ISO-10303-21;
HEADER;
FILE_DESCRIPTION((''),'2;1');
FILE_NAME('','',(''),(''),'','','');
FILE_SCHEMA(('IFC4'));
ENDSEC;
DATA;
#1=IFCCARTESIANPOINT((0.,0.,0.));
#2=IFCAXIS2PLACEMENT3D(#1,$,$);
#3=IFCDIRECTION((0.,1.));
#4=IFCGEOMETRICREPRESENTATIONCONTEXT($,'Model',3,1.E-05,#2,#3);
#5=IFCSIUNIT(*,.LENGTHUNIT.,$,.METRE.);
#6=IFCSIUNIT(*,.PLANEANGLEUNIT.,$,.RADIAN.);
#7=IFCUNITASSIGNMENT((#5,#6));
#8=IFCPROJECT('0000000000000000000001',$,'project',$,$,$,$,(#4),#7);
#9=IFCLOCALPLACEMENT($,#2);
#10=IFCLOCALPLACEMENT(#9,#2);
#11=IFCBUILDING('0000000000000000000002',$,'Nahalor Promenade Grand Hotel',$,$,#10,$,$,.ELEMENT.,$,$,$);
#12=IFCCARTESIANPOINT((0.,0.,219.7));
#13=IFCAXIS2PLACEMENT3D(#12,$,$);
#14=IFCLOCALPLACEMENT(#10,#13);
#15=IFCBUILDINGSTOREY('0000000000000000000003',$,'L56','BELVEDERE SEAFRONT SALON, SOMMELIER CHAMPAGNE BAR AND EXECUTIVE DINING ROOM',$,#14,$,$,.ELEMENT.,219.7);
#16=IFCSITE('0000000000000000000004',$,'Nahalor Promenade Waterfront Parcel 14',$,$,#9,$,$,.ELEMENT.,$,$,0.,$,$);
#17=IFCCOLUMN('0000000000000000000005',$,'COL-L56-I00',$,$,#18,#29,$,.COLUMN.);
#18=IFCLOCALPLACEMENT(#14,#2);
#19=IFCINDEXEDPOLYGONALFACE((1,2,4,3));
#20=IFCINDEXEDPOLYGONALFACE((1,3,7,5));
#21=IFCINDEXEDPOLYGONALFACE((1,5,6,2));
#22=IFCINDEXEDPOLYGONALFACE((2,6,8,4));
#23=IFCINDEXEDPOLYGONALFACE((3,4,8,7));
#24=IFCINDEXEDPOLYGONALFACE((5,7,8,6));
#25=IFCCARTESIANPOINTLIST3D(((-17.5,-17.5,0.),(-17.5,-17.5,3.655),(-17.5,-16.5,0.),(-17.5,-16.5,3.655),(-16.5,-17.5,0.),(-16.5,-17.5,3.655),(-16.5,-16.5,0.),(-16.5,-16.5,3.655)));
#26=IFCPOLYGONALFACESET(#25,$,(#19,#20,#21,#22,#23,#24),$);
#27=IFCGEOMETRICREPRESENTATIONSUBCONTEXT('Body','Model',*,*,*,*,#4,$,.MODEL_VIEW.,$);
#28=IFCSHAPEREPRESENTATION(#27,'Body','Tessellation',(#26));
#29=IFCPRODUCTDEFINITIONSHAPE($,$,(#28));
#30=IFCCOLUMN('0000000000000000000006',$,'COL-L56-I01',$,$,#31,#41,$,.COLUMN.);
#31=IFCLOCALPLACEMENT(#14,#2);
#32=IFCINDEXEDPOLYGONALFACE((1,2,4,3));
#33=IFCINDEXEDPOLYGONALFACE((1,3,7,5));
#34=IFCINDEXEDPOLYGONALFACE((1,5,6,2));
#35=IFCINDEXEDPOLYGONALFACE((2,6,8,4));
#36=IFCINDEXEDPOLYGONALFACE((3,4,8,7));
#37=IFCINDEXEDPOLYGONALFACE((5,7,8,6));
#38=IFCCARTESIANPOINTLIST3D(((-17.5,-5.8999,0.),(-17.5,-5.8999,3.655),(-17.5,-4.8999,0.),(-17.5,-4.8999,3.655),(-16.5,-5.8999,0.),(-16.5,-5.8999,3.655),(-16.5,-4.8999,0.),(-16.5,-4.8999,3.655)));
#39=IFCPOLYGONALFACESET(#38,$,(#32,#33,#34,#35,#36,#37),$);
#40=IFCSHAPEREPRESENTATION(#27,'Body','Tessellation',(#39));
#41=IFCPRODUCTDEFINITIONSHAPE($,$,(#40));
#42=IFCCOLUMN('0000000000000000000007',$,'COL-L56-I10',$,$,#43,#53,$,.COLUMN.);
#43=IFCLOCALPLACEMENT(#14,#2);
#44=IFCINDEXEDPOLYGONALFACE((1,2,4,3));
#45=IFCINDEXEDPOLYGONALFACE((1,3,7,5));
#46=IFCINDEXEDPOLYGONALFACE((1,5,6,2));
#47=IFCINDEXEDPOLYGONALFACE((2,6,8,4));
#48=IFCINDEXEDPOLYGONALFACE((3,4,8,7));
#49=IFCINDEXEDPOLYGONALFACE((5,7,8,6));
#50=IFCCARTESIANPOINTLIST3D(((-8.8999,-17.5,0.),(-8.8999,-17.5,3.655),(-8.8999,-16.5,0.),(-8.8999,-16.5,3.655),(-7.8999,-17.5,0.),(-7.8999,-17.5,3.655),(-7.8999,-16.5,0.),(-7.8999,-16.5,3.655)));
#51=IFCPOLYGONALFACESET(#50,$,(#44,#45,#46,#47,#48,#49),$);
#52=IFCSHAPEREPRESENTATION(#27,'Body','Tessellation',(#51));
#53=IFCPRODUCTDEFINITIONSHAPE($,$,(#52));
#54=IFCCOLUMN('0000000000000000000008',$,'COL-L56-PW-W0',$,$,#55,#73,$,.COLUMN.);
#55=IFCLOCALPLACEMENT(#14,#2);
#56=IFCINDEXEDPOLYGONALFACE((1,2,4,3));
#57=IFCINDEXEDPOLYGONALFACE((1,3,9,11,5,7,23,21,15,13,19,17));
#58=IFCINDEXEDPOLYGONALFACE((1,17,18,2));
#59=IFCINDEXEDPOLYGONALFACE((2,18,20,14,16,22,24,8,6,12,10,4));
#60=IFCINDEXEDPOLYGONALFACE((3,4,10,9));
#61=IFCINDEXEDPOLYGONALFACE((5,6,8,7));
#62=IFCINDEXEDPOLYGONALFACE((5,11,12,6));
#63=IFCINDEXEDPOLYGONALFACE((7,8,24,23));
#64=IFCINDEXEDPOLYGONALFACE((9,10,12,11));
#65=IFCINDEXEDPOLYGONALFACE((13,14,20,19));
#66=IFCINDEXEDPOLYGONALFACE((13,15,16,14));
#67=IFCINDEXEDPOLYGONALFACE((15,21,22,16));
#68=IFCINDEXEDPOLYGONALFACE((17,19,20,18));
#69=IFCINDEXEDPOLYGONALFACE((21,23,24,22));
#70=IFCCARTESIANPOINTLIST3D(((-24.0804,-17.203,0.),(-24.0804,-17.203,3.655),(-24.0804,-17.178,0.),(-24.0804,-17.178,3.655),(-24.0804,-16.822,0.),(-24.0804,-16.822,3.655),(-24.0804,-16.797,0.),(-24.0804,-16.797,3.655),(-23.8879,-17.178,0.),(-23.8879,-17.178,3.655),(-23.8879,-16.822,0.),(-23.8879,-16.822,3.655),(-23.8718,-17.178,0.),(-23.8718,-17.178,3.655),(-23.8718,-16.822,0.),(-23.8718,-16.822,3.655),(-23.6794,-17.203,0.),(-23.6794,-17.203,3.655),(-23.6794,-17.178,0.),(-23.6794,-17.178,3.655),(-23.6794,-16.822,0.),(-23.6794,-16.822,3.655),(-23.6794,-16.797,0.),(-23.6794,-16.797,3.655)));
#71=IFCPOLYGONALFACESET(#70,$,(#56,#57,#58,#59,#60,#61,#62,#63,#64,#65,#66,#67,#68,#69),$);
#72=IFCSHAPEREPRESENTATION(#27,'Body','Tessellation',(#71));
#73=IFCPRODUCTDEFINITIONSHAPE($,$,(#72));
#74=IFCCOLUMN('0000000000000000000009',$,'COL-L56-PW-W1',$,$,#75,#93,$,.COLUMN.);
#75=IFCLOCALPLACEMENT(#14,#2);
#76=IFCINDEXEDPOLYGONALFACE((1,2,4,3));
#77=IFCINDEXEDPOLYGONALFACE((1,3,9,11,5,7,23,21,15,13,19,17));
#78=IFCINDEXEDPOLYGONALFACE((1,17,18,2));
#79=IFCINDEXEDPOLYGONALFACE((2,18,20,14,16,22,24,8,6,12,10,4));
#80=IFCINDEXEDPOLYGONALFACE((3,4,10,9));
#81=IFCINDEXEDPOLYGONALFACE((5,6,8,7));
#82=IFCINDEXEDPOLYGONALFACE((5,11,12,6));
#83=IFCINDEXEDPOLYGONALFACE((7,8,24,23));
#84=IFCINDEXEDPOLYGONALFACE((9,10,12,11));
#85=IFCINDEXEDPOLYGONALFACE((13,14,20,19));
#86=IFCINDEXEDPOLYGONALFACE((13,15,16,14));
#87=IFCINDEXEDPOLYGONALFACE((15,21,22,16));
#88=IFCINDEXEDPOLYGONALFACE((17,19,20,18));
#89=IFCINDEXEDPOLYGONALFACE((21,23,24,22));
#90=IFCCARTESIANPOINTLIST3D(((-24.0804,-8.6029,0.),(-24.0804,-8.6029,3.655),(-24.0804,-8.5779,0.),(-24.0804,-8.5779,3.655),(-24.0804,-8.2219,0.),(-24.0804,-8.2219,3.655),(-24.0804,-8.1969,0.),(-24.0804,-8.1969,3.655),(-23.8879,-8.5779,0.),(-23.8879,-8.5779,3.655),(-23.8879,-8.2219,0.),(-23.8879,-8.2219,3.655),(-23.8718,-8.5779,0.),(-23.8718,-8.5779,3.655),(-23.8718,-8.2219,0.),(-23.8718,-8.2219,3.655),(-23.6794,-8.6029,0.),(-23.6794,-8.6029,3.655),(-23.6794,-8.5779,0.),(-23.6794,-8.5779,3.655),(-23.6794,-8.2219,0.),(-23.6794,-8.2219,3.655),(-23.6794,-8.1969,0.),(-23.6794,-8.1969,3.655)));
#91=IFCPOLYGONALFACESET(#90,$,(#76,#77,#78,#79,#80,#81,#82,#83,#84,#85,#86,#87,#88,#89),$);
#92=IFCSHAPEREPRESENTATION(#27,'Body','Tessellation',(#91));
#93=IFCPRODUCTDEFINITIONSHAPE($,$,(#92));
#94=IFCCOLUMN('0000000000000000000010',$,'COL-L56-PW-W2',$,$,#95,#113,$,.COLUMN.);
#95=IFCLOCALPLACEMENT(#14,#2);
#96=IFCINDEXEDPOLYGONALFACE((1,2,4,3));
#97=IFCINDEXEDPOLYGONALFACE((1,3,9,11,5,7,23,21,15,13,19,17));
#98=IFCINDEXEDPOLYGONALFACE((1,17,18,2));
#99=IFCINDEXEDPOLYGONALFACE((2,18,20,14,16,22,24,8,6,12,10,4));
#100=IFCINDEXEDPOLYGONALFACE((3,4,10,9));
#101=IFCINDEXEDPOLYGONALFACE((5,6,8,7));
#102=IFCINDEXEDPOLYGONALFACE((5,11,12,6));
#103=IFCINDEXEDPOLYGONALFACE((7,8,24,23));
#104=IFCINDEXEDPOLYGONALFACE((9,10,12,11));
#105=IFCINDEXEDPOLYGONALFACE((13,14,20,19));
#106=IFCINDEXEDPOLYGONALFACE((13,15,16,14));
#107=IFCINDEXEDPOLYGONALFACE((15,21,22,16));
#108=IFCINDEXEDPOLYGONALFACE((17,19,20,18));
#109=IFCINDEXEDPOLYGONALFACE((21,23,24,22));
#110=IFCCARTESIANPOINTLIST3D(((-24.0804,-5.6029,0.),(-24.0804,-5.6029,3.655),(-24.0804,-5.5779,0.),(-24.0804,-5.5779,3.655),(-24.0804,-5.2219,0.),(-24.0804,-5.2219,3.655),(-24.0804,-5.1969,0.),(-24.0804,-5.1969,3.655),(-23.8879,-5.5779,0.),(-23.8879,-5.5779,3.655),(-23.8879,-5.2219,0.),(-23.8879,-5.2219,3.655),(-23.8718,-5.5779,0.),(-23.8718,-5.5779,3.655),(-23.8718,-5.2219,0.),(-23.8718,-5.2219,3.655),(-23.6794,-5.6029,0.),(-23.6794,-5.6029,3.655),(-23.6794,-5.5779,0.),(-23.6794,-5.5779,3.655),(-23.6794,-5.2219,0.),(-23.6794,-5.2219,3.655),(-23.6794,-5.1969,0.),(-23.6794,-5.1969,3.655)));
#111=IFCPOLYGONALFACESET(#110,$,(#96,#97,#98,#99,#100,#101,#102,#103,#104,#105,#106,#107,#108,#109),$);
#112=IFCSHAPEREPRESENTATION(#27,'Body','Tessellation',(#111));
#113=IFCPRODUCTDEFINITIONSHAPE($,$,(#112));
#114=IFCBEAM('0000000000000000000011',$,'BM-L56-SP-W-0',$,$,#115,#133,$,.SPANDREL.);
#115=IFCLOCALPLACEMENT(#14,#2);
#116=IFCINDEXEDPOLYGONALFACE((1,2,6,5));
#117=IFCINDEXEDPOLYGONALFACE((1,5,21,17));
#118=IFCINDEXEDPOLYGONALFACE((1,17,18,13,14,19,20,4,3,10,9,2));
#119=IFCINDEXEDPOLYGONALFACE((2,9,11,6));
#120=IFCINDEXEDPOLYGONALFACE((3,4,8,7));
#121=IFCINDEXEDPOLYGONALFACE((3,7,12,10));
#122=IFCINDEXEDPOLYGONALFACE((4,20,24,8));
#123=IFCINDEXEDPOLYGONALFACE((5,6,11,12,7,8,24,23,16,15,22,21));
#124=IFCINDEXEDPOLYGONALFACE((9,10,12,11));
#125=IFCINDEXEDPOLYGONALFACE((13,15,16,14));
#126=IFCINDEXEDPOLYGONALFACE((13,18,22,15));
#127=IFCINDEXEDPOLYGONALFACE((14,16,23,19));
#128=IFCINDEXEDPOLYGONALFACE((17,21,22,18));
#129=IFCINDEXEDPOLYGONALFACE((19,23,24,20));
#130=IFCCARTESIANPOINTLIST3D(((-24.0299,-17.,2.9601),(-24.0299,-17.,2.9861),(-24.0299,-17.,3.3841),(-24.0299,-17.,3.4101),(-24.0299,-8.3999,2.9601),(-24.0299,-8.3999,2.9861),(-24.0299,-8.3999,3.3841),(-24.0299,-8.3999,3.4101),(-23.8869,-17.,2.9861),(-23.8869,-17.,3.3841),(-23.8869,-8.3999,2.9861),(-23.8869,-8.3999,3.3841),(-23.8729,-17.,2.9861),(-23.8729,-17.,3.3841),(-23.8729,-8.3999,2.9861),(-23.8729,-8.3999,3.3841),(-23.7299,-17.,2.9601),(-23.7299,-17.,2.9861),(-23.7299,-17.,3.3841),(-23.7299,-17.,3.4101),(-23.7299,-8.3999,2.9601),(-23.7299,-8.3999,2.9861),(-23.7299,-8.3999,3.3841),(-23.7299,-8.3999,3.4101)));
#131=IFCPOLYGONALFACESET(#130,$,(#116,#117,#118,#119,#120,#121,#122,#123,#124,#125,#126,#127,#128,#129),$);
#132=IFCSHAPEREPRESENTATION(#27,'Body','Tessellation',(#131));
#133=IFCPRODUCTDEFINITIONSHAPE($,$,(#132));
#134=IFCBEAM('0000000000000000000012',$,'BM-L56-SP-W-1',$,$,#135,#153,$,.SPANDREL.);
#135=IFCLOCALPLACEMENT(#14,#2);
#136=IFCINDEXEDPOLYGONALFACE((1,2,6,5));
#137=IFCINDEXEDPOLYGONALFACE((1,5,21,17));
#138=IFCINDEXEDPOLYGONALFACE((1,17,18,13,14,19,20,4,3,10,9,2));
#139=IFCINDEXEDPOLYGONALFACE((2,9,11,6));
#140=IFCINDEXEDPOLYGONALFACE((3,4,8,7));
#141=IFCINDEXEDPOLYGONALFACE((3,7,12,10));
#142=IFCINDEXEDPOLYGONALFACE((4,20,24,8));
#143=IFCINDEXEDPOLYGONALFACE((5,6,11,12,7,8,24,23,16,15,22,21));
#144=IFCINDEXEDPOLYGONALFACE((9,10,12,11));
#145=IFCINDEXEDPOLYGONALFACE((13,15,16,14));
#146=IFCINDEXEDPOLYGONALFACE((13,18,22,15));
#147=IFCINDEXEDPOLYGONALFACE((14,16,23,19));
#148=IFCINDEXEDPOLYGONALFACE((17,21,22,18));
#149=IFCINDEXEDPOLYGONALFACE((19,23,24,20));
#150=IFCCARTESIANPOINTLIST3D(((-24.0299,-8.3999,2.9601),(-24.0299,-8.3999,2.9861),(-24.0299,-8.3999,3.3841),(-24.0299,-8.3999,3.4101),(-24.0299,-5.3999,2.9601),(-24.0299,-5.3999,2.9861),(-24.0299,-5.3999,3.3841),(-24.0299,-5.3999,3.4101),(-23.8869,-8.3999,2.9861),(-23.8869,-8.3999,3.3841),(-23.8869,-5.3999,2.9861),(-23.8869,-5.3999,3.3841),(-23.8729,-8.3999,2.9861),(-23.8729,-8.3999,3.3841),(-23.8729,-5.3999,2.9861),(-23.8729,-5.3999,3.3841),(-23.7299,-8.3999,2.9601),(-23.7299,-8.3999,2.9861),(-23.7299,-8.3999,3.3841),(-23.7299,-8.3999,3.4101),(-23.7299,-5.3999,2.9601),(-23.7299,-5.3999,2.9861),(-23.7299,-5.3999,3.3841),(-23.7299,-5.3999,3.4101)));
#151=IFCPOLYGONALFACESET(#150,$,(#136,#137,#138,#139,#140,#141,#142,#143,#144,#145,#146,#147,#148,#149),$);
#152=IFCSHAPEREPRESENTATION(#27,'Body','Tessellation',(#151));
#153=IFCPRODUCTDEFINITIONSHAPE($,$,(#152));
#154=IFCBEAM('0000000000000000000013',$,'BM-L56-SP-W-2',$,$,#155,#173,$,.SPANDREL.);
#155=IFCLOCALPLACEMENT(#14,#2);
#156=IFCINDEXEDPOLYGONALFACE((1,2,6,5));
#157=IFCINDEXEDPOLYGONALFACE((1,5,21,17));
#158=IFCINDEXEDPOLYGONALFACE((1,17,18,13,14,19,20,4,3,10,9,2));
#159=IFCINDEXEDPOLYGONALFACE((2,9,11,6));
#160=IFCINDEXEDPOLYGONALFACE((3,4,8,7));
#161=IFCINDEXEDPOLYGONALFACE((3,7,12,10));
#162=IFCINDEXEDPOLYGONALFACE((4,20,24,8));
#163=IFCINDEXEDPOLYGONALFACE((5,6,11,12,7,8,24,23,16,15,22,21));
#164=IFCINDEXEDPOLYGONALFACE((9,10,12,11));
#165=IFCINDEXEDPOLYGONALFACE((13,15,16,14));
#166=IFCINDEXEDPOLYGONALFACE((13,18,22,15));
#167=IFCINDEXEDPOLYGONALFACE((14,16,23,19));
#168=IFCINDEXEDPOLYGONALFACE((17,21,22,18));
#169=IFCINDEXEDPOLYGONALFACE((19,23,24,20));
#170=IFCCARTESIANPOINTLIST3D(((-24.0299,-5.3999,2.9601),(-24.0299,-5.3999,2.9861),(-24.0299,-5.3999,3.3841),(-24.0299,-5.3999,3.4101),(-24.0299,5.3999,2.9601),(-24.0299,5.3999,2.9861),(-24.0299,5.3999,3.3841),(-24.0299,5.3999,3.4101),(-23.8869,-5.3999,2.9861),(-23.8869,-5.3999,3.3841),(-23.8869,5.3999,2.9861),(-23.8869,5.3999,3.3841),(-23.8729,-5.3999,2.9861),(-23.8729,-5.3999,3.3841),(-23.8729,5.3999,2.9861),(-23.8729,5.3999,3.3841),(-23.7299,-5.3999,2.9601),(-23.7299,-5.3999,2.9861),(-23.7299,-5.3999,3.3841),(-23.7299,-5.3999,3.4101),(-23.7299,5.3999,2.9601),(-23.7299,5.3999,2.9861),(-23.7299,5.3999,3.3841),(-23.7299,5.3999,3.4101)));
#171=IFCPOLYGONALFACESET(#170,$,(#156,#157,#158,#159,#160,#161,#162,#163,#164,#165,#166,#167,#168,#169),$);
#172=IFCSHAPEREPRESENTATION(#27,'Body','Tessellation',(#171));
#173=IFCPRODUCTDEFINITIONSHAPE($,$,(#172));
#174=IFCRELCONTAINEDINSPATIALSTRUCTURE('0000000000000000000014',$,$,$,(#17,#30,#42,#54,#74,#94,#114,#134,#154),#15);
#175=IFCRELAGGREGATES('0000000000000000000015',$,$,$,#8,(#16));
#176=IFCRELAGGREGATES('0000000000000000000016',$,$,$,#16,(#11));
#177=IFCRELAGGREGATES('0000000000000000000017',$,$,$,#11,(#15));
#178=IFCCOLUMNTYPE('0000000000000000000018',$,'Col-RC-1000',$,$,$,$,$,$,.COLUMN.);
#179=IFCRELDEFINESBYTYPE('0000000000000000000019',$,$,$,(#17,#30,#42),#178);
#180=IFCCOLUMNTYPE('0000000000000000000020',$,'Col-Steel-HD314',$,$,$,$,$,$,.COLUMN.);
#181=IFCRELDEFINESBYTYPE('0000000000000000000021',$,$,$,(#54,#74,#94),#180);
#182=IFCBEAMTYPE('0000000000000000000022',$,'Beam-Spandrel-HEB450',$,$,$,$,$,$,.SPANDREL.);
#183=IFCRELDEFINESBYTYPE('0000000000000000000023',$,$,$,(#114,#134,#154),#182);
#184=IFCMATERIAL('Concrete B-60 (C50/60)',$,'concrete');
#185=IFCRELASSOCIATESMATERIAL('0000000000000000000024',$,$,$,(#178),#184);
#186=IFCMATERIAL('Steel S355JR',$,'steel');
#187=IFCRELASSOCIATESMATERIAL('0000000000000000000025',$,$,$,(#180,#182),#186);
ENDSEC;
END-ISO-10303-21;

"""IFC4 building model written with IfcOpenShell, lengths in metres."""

from ifc_helpers import new_model, si_unit, direction, frame, origin, origin_2d, place, context, subcontext, project, spatial, rectangle, i_section, extrude, source, transform, mapped, material, material_profile, profile_set, type_object, element, save


model = new_model("IFC4")

# Units and contexts
model_context = context("Model", 3, precision=1e-05, world=origin(), true_north=direction((0.0, 1.0)))
body_context = subcontext(model_context, "Body", "Model", "MODEL_VIEW")
ifc_project = project(units=[si_unit("LENGTHUNIT", "METRE"), si_unit("PLANEANGLEUNIT", "RADIAN")], contexts=[model_context])

# Site, building, storey
site_placement = place(None, origin())
site = spatial("IfcSite", under=ifc_project, at=site_placement, Name="Nahalor Promenade Waterfront Parcel 14", CompositionType="ELEMENT", RefElevation=0.0)
building_placement = place(site_placement, origin())
building = spatial("IfcBuilding", under=site, at=building_placement, Name="Nahalor Promenade Grand Hotel", CompositionType="ELEMENT")
storey_placement = place(building_placement, frame((0.0, 0.0, 219.7)))
storey = spatial("IfcBuildingStorey", under=building, at=storey_placement, Name="L56", Description="BELVEDERE SEAFRONT SALON, SOMMELIER CHAMPAGNE BAR AND EXECUTIVE DINING ROOM", CompositionType="ELEMENT", Elevation=219.7)

# Columns
ifc_material_1 = material(Name="Concrete B-60 (C50/60)", Category="concrete")
ifc_material_profile_1 = material_profile(ifc_material_1, rectangle(XDim=1.0, YDim=1.0, at=origin_2d()), Name="RC 1000x1000")
ifc_profile_set_1 = profile_set([ifc_material_profile_1], Name="Concrete B-60 (C50/60)")
column_type_1 = type_object("IfcColumnType", Name="Col-RC-1000", PredefinedType="COLUMN", material=ifc_profile_set_1)
shared_shape_1 = source(origin(), body_context, "Body", "SweptSolid", [
    extrude(rectangle(XDim=1.0, YDim=1.0, at=origin_2d()), origin(), (0.0, 0.0, 1.0), 3.655),
])
for number, where, z_axis, x_axis, name in (
    (1, (-17.0, -17.0, 0.0), (0.0, 0.0, 1.0), (1.0, 0.0, 0.0), "COL-L56-I00"),
    (2, (-17.0, -5.3999, 0.0), (0.0, 0.0, 1.0), (1.0, 0.0, 0.0), "COL-L56-I01"),
    (3, (-8.3999, -17.0, 0.0), (0.0, 0.0, 1.0), (1.0, 0.0, 0.0), "COL-L56-I10"),
):
    element("IfcColumn", number, at=place(storey_placement, frame(where, z_axis=z_axis, x_axis=x_axis)), inside=storey, type_object=column_type_1, Name=name, PredefinedType="COLUMN", context=body_context, shape_type="MappedRepresentation", body=[
        mapped(shared_shape_1, transform((0.0, 0.0, 0.0), scale=1.0)),
    ])
ifc_material_2 = material(Name="Steel S355JR", Category="steel")
ifc_material_profile_2 = material_profile(ifc_material_2, i_section(OverallWidth=0.401, OverallDepth=0.406, WebThickness=0.0161, FlangeThickness=0.025, at=origin_2d()), Name="HD 400x314")
ifc_profile_set_2 = profile_set([ifc_material_profile_2], Name="Steel S355JR")
column_type_2 = type_object("IfcColumnType", Name="Col-Steel-HD314", PredefinedType="COLUMN", material=ifc_profile_set_2)
shared_shape_2 = source(origin(), body_context, "Body", "SweptSolid", [
    extrude(i_section(OverallWidth=0.401, OverallDepth=0.406, WebThickness=0.0161, FlangeThickness=0.025, at=origin_2d()), origin(), (0.0, 0.0, 1.0), 3.655),
])
for number, where, z_axis, x_axis, name in (
    (4, (-23.8799, -17.0, 0.0), (0.0, 0.0, 1.0), (1.0, 0.0, 0.0), "COL-L56-PW-W0"),
    (5, (-23.8799, -8.3999, 0.0), (0.0, 0.0, 1.0), (1.0, 0.0, 0.0), "COL-L56-PW-W1"),
    (6, (-23.8799, -5.3999, 0.0), (0.0, 0.0, 1.0), (1.0, 0.0, 0.0), "COL-L56-PW-W2"),
):
    element("IfcColumn", number, at=place(storey_placement, frame(where, z_axis=z_axis, x_axis=x_axis)), inside=storey, type_object=column_type_2, Name=name, PredefinedType="COLUMN", context=body_context, shape_type="MappedRepresentation", body=[
        mapped(shared_shape_2, transform((0.0, 0.0, 0.0), scale=1.0)),
    ])

# Beams
ifc_material_profile_3 = material_profile(ifc_material_2, i_section(OverallWidth=0.3, OverallDepth=0.45, WebThickness=0.014, FlangeThickness=0.026, at=origin_2d()), Name="HEB 450")
ifc_profile_set_3 = profile_set([ifc_material_profile_3], Name="Steel S355JR")
beam_type_1 = type_object("IfcBeamType", Name="Beam-Spandrel-HEB450", PredefinedType="SPANDREL", material=ifc_profile_set_3)
shared_shape_3 = source(origin(), body_context, "Body", "SweptSolid", [
    extrude(i_section(OverallWidth=0.3, OverallDepth=0.45, WebThickness=0.014, FlangeThickness=0.026, at=origin_2d()), origin(), (0.0, 0.0, 1.0), 8.6001),
])
beam_1_placement = place(storey_placement, frame((-23.8799, -17.0, 3.1851), z_axis=(0.0, 1.0, 0.0), x_axis=(-1.0, 0.0, 0.0)))
element("IfcBeam", 7, at=beam_1_placement, inside=storey, type_object=beam_type_1, Name="BM-L56-SP-W-0", PredefinedType="SPANDREL", context=body_context, shape_type="MappedRepresentation", body=[
    mapped(shared_shape_3, transform((0.0, 0.0, 0.0), scale=1.0)),
])
shared_shape_4 = source(origin(), body_context, "Body", "SweptSolid", [
    extrude(i_section(OverallWidth=0.3, OverallDepth=0.45, WebThickness=0.014, FlangeThickness=0.026, at=origin_2d()), origin(), (0.0, 0.0, 1.0), 3.0),
])
beam_2_placement = place(storey_placement, frame((-23.8799, -8.3999, 3.1851), z_axis=(0.0, 1.0, 0.0), x_axis=(-1.0, 0.0, 0.0)))
element("IfcBeam", 8, at=beam_2_placement, inside=storey, type_object=beam_type_1, Name="BM-L56-SP-W-1", PredefinedType="SPANDREL", context=body_context, shape_type="MappedRepresentation", body=[
    mapped(shared_shape_4, transform((0.0, 0.0, 0.0), scale=1.0)),
])
shared_shape_5 = source(origin(), body_context, "Body", "SweptSolid", [
    extrude(i_section(OverallWidth=0.3, OverallDepth=0.45, WebThickness=0.014, FlangeThickness=0.026, at=origin_2d()), origin(), (0.0, 0.0, 1.0), 10.7998),
])
beam_3_placement = place(storey_placement, frame((-23.8799, -5.3999, 3.1851), z_axis=(0.0, 1.0, 0.0), x_axis=(-1.0, 0.0, 0.0)))
element("IfcBeam", 9, at=beam_3_placement, inside=storey, type_object=beam_type_1, Name="BM-L56-SP-W-2", PredefinedType="SPANDREL", context=body_context, shape_type="MappedRepresentation", body=[
    mapped(shared_shape_5, transform((0.0, 0.0, 0.0), scale=1.0)),
])

save(model, "model.ifc")
